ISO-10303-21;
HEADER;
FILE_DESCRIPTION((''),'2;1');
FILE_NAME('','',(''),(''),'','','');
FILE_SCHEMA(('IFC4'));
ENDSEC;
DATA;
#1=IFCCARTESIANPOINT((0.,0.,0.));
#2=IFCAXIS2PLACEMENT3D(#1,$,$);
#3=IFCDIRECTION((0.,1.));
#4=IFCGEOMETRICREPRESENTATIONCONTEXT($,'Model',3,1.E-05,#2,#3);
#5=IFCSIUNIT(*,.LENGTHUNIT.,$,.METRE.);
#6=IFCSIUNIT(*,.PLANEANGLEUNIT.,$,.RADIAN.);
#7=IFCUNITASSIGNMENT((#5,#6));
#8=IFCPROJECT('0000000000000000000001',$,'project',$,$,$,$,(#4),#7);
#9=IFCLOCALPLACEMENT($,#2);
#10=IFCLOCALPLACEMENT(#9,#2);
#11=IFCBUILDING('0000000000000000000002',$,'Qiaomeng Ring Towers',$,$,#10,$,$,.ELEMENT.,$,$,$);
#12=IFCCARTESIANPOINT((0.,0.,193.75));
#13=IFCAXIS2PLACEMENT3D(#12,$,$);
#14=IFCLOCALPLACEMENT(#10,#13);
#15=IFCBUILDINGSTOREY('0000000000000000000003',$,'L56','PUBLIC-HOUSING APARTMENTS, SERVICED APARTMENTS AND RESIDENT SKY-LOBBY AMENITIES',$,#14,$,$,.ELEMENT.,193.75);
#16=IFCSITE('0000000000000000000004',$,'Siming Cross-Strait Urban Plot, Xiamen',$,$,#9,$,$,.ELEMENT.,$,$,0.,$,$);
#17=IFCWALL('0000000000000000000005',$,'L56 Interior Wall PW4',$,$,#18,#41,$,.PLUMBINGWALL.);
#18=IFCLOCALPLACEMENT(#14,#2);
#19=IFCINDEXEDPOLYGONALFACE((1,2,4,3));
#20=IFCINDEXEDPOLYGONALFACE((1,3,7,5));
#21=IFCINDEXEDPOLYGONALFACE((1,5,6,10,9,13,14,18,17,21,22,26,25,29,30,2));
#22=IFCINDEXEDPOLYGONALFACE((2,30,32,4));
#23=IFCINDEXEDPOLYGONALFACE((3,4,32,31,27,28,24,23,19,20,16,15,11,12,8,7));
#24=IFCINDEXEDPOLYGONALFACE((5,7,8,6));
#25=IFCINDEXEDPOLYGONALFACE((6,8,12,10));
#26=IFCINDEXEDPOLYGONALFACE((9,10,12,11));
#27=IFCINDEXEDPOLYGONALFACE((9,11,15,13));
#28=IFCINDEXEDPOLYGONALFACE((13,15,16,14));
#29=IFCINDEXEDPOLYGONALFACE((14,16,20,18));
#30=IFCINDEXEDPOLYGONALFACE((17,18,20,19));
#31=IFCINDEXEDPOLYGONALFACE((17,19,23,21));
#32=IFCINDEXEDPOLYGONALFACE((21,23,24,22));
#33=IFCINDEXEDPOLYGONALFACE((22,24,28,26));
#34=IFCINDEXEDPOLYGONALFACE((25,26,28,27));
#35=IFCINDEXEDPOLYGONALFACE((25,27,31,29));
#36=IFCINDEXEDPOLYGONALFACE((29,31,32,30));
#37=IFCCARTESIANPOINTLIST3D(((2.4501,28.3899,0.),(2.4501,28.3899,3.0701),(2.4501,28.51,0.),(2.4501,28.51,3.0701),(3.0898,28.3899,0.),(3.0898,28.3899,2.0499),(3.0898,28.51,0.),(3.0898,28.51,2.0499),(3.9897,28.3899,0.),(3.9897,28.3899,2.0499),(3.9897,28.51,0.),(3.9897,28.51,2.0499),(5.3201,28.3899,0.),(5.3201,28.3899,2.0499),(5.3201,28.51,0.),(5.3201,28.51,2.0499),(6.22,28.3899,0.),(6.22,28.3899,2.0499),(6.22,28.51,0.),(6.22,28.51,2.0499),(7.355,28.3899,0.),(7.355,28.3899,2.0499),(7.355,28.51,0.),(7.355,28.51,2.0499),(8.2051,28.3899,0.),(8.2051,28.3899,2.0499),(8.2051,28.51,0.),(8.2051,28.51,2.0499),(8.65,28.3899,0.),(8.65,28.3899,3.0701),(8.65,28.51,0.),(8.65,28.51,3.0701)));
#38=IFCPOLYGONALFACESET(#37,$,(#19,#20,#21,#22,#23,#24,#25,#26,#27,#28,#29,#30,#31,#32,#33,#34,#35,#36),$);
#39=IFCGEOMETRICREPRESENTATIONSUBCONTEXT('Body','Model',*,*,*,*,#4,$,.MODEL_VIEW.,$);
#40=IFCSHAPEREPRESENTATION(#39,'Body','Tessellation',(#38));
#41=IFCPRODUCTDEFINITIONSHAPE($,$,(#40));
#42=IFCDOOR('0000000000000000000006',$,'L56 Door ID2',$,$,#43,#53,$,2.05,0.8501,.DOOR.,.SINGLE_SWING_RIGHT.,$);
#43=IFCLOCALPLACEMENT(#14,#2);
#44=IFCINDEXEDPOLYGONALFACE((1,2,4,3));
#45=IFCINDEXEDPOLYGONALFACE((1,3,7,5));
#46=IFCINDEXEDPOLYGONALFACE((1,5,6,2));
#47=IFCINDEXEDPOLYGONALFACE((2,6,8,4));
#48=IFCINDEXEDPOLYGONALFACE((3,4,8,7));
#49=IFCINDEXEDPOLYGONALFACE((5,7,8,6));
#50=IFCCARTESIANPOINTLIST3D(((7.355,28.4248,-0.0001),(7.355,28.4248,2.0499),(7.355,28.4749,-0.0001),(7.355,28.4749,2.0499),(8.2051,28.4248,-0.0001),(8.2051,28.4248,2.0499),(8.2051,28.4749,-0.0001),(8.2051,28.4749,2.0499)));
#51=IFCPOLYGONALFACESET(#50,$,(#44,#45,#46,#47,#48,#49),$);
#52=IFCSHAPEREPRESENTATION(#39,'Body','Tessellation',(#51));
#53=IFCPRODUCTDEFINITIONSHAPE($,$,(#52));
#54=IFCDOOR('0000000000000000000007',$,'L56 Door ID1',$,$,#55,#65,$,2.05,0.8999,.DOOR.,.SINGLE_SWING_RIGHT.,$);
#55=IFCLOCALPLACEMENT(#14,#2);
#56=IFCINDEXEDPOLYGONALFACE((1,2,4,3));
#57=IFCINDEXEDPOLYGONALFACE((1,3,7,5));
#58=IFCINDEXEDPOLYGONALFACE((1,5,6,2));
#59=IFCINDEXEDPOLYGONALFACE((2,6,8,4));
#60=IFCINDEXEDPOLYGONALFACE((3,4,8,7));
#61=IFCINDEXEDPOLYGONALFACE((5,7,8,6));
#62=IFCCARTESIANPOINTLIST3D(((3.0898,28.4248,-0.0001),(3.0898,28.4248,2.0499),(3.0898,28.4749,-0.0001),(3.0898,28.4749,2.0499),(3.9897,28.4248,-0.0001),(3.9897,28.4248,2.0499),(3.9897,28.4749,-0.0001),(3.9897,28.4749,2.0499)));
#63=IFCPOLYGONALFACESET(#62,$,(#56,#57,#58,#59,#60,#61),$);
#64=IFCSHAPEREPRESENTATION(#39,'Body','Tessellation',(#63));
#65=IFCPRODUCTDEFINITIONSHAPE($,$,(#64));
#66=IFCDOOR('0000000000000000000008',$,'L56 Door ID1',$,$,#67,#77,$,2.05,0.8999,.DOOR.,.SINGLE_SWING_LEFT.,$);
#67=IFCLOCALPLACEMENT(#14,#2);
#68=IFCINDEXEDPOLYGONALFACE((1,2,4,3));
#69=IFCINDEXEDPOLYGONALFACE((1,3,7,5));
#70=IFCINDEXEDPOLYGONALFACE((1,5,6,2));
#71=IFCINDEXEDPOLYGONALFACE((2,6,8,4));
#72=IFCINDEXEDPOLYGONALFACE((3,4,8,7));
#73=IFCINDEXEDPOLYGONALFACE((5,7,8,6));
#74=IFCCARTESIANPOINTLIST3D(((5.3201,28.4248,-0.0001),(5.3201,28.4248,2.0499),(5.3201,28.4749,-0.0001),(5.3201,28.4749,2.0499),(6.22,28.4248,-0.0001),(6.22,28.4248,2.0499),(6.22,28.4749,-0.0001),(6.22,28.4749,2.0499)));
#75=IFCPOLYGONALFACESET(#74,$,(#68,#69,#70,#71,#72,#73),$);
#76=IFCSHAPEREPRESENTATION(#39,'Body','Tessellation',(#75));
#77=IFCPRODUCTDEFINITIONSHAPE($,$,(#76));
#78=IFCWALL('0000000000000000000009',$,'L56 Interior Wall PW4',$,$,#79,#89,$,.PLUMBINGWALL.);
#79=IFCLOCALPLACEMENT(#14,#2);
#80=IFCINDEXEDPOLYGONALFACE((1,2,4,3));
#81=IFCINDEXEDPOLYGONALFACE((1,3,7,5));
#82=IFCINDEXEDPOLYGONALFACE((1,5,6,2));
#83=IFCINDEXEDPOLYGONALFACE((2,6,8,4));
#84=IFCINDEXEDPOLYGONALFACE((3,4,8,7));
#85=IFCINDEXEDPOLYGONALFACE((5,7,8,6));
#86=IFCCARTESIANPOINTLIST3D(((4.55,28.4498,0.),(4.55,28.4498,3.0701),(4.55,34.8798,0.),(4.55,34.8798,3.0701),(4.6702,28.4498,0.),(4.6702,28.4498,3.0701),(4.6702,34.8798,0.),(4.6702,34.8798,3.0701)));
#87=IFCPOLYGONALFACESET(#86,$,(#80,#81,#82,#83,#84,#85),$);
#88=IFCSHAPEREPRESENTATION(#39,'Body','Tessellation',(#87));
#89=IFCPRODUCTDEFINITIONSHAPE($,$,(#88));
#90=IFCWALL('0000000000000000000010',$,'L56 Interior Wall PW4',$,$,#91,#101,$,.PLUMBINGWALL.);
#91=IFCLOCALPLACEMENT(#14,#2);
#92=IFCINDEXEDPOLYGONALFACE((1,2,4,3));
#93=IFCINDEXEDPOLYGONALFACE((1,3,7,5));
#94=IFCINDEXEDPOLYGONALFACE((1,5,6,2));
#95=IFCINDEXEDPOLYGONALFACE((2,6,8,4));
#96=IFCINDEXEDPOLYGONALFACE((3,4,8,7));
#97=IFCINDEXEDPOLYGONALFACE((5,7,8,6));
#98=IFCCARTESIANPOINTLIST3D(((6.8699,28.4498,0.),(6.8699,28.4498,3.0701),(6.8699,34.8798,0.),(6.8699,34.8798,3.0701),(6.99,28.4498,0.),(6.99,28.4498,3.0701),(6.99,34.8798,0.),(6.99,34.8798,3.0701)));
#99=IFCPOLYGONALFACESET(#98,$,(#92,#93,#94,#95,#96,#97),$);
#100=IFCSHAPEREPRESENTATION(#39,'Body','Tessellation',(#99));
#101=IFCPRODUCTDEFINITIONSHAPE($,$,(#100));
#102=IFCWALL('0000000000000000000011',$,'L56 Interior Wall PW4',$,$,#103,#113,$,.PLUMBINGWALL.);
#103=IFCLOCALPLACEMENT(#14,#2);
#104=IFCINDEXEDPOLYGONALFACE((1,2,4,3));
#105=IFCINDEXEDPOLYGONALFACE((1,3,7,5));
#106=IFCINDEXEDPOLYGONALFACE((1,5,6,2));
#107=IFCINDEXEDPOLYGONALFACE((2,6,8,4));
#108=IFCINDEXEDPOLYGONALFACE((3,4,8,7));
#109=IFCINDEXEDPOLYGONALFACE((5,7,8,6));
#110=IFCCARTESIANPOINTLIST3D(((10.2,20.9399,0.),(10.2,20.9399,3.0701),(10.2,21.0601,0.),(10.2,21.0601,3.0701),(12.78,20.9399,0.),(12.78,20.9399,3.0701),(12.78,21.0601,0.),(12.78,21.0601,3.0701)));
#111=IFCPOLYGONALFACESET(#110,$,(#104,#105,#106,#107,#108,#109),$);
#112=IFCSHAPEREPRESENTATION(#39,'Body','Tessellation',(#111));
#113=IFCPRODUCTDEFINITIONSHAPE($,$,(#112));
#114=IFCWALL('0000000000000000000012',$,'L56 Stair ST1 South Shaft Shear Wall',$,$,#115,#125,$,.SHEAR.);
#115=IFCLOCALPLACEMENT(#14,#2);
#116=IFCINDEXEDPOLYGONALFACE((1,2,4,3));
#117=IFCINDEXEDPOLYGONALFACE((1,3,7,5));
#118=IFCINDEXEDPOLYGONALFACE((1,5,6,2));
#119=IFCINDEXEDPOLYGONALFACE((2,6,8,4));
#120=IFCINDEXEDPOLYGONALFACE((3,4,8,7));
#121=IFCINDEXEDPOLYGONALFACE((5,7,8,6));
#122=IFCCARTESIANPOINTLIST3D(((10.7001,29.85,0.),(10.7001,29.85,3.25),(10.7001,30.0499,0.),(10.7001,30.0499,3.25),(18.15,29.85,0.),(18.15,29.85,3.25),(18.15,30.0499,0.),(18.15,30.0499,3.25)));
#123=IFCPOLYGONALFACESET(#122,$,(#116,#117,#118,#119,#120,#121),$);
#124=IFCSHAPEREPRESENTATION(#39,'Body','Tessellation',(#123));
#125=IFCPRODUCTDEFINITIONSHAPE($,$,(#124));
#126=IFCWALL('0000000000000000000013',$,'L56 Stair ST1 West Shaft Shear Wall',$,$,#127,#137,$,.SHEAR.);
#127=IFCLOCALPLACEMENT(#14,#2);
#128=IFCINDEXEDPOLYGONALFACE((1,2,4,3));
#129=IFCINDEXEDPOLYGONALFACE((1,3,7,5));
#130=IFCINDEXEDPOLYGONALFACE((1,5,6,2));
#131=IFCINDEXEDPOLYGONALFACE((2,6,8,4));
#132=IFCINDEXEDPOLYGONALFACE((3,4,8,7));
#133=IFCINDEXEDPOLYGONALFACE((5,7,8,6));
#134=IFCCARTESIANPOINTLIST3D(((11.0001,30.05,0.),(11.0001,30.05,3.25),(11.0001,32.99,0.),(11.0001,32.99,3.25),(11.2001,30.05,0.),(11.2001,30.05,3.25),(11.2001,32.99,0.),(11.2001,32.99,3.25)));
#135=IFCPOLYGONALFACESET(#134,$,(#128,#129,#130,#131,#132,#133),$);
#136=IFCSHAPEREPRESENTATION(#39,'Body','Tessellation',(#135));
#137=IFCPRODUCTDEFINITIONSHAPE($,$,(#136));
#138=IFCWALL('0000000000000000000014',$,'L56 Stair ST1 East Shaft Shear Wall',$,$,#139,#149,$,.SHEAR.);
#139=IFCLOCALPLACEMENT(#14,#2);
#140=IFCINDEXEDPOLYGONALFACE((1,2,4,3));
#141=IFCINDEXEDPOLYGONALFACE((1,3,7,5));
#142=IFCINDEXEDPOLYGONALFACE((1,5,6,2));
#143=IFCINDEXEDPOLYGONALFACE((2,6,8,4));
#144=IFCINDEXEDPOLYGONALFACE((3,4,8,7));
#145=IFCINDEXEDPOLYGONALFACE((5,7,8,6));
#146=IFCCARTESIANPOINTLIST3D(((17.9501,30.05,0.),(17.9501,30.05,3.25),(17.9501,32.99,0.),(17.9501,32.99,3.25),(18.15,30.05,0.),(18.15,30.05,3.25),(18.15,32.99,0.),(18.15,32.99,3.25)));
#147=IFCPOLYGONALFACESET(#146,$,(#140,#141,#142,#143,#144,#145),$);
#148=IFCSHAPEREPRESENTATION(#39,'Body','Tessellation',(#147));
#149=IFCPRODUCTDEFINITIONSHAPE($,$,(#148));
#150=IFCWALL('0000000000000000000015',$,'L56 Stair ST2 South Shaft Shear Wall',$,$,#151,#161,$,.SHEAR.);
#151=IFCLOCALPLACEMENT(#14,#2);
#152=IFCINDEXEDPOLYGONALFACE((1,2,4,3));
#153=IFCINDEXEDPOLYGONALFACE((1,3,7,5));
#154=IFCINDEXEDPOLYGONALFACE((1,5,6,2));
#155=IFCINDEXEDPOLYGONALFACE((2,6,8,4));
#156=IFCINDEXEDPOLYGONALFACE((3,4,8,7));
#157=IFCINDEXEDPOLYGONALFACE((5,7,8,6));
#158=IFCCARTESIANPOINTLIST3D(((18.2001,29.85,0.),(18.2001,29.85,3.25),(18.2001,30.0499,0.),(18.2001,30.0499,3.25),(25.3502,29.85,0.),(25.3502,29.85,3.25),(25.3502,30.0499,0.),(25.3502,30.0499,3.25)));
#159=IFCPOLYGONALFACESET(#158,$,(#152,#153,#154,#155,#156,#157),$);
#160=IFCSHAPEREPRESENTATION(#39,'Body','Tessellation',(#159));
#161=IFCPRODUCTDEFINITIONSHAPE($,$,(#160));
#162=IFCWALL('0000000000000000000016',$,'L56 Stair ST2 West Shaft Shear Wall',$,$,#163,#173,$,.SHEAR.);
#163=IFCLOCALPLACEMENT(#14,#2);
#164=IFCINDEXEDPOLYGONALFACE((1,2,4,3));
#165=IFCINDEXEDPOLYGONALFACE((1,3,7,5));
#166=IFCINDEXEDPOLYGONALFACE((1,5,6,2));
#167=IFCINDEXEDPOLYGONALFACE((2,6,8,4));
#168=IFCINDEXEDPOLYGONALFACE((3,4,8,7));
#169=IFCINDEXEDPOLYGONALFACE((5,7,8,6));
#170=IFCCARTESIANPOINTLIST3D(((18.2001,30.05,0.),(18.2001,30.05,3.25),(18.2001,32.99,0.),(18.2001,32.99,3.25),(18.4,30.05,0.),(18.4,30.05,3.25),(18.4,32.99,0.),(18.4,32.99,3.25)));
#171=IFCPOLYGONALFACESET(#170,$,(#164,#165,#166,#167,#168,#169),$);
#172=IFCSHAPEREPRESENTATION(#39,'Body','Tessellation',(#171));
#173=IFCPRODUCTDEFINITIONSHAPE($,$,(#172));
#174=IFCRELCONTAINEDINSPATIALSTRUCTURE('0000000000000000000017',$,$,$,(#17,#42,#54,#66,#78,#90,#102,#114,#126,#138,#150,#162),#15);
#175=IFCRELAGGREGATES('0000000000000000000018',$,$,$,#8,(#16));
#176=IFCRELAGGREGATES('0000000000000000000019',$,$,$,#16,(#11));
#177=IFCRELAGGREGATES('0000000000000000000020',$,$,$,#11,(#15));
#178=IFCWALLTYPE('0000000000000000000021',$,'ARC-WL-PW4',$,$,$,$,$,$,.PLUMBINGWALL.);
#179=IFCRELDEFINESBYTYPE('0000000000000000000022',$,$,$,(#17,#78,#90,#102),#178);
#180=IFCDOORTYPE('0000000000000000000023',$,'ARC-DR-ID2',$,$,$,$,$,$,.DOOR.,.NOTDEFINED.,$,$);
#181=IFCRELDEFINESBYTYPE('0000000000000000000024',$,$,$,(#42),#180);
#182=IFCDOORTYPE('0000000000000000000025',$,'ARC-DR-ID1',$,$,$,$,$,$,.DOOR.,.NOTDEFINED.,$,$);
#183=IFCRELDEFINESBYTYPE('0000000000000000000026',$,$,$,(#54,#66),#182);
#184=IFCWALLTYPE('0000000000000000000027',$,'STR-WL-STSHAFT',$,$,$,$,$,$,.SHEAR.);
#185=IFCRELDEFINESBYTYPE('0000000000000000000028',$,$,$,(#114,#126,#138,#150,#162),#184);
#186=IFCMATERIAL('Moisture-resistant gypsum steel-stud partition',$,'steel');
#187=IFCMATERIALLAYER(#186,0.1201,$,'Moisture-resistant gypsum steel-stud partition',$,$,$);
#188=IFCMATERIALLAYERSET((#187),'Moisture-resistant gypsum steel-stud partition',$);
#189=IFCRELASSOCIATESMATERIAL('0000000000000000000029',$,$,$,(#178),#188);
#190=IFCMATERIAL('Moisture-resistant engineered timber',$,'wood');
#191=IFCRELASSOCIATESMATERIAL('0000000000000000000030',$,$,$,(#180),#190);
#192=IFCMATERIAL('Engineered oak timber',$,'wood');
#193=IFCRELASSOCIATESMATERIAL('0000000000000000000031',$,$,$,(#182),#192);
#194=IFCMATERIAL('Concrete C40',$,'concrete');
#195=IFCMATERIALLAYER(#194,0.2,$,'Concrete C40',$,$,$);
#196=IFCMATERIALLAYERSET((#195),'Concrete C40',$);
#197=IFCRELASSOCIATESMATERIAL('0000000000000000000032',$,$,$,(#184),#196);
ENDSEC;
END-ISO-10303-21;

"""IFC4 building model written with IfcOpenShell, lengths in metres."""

from ifc_helpers import new_model, si_unit, direction, frame, frame_2d, origin, place, context, subcontext, project, spatial, rectangle, extrude, source, transform, mapped, material, layer, layer_set, type_object, element, fill, save


model = new_model("IFC4")

# Units and contexts
model_context = context("Model", 3, precision=1e-05, world=origin(), true_north=direction((0.0, 1.0)))
body_context = subcontext(model_context, "Body", "Model", "MODEL_VIEW")
ifc_project = project(units=[si_unit("LENGTHUNIT", "METRE"), si_unit("PLANEANGLEUNIT", "RADIAN")], contexts=[model_context])

# Site, building, storey
site_placement = place(None, origin())
site = spatial("IfcSite", under=ifc_project, at=site_placement, Name="Siming Cross-Strait Urban Plot, Xiamen", CompositionType="ELEMENT", RefElevation=0.0)
building_placement = place(site_placement, origin())
building = spatial("IfcBuilding", under=site, at=building_placement, Name="Qiaomeng Ring Towers", CompositionType="ELEMENT")
storey_placement = place(building_placement, frame((0.0, 0.0, 193.75)))
storey = spatial("IfcBuildingStorey", under=building, at=storey_placement, Name="L56", Description="PUBLIC-HOUSING APARTMENTS, SERVICED APARTMENTS AND RESIDENT SKY-LOBBY AMENITIES", CompositionType="ELEMENT", Elevation=193.75)

# Shared definitions
ifc_material_1 = material(Name="Concrete C40", Category="concrete")

# Wall, openings, doors
ifc_material_2 = material(Name="Moisture-resistant gypsum steel-stud partition", Category="steel")
ifc_layer_1 = layer(ifc_material_2, 0.1201, Name="Moisture-resistant gypsum steel-stud partition")
ifc_layer_set_1 = layer_set([ifc_layer_1], Name="Moisture-resistant gypsum steel-stud partition")
wall_type_1 = type_object("IfcWallType", Name="ARC-WL-PW4", PredefinedType="PLUMBINGWALL", material=ifc_layer_set_1)
wall_1_placement = place(storey_placement, frame((2.45, 28.45, 0.0), z_axis=(0.0, 0.0, 1.0), x_axis=(1.0, 0.0, 0.0)))
wall_1 = element("IfcWall", 1, at=wall_1_placement, inside=storey, type_object=wall_type_1, Name="L56 Interior Wall PW4", PredefinedType="PLUMBINGWALL", context=body_context, shape_type="SweptSolid", body=[
    extrude(rectangle(XDim=6.2, YDim=0.1201, at=frame_2d((3.1001, 0.0))), origin(), (0.0, 0.0, 1.0), 3.0701),
])
opening_1_placement = place(wall_1_placement, frame((0.6399, 0.0, 0.0)))
opening_1 = element("IfcOpeningElement", 2, at=opening_1_placement, cuts=wall_1, PredefinedType="OPENING", context=body_context, shape_type="SweptSolid", body=[
    extrude(rectangle(XDim=0.8999, YDim=2.05, at=frame_2d((0.45, 1.0249))), frame((0.0, 0.0701, 0.0), z_axis=(0.0, -1.0, 0.0), x_axis=(1.0, 0.0, 0.0)), (0.0, 0.0, 1.0), 0.1401),
])
opening_2_placement = place(wall_1_placement, frame((2.8701, 0.0, 0.0)))
opening_2 = element("IfcOpeningElement", 3, at=opening_2_placement, cuts=wall_1, PredefinedType="OPENING", context=body_context, shape_type="SweptSolid", body=[
    extrude(rectangle(XDim=0.8999, YDim=2.05, at=frame_2d((0.45, 1.0249))), frame((0.0, 0.0701, 0.0), z_axis=(0.0, -1.0, 0.0), x_axis=(1.0, 0.0, 0.0)), (0.0, 0.0, 1.0), 0.1401),
])
opening_3_placement = place(wall_1_placement, frame((4.905, 0.0, 0.0)))
opening_3 = element("IfcOpeningElement", 4, at=opening_3_placement, cuts=wall_1, PredefinedType="OPENING", context=body_context, shape_type="SweptSolid", body=[
    extrude(rectangle(XDim=0.8501, YDim=2.05, at=frame_2d((0.425, 1.0249))), frame((0.0, 0.0701, 0.0), z_axis=(0.0, -1.0, 0.0), x_axis=(1.0, 0.0, 0.0)), (0.0, 0.0, 1.0), 0.1401),
])
ifc_material_3 = material(Name="Moisture-resistant engineered timber", Category="wood")
door_type_1 = type_object("IfcDoorType", Name="ARC-DR-ID2", OperationType="NOTDEFINED", PredefinedType="DOOR", material=ifc_material_3)
shared_shape_1 = source(origin(), body_context, "Body", "SweptSolid", [
    extrude(rectangle(XDim=0.8501, YDim=2.05, at=frame_2d((0.425, 1.0249))), frame((0.0, 0.0249, 0.0), z_axis=(0.0, -1.0, 0.0), x_axis=(1.0, 0.0, 0.0)), (0.0, 0.0, 1.0), 0.05),
])
door_1_placement = place(opening_3_placement, origin())
door_1 = element("IfcDoor", 5, at=door_1_placement, inside=storey, type_object=door_type_1, Name="L56 Door ID2", OperationType="SINGLE_SWING_RIGHT", OverallHeight=2.05, OverallWidth=0.8501, PredefinedType="DOOR", context=body_context, shape_type="MappedRepresentation", body=[
    mapped(shared_shape_1, transform((0.0, 0.0, 0.0), x_axis=(1.0, 0.0, 0.0), y_axis=(0.0, 1.0, 0.0), z_axis=(0.0, 0.0, 1.0), scale=1.0)),
])
fill(opening_3, door_1)
ifc_material_4 = material(Name="Engineered oak timber", Category="wood")
door_type_2 = type_object("IfcDoorType", Name="ARC-DR-ID1", OperationType="NOTDEFINED", PredefinedType="DOOR", material=ifc_material_4)
shared_shape_2 = source(origin(), body_context, "Body", "SweptSolid", [
    extrude(rectangle(XDim=0.8999, YDim=2.05, at=frame_2d((0.45, 1.0249))), frame((0.0, 0.0249, 0.0), z_axis=(0.0, -1.0, 0.0), x_axis=(1.0, 0.0, 0.0)), (0.0, 0.0, 1.0), 0.05),
])
door_2_placement = place(opening_1_placement, origin())
door_2 = element("IfcDoor", 6, at=door_2_placement, inside=storey, type_object=door_type_2, Name="L56 Door ID1", OperationType="SINGLE_SWING_RIGHT", OverallHeight=2.05, OverallWidth=0.8999, PredefinedType="DOOR", context=body_context, shape_type="MappedRepresentation", body=[
    mapped(shared_shape_2, transform((0.0, 0.0, 0.0), x_axis=(1.0, 0.0, 0.0), y_axis=(0.0, 1.0, 0.0), z_axis=(0.0, 0.0, 1.0), scale=1.0)),
])
fill(opening_1, door_2)
door_3_placement = place(opening_2_placement, origin())
door_3 = element("IfcDoor", 7, at=door_3_placement, inside=storey, type_object=door_type_2, Name="L56 Door ID1", OperationType="SINGLE_SWING_LEFT", OverallHeight=2.05, OverallWidth=0.8999, PredefinedType="DOOR", context=body_context, shape_type="MappedRepresentation", body=[
    mapped(shared_shape_2, transform((0.0, 0.0, 0.0), x_axis=(1.0, 0.0, 0.0), y_axis=(0.0, 1.0, 0.0), z_axis=(0.0, 0.0, 1.0), scale=1.0)),
])
fill(opening_2, door_3)

# Walls
for number, where, z_axis, x_axis, name in (
    (8, (4.6101, 28.45, 0.0), (0.0, 0.0, 1.0), (0.0, 1.0, 0.0), "L56 Interior Wall PW4"),
    (9, (6.9299, 28.45, 0.0), (0.0, 0.0, 1.0), (0.0, 1.0, 0.0), "L56 Interior Wall PW4"),
):
    element("IfcWall", number, at=place(storey_placement, frame(where, z_axis=z_axis, x_axis=x_axis)), inside=storey, type_object=wall_type_1, Name=name, PredefinedType="PLUMBINGWALL", context=body_context, shape_type="SweptSolid", body=[
        extrude(rectangle(XDim=6.4299, YDim=0.1201, at=frame_2d((3.2148, 0.0))), origin(), (0.0, 0.0, 1.0), 3.0701),
    ])
wall_2_placement = place(storey_placement, frame((10.2, 21.0, 0.0), z_axis=(0.0, 0.0, 1.0), x_axis=(1.0, 0.0, 0.0)))
element("IfcWall", 10, at=wall_2_placement, inside=storey, type_object=wall_type_1, Name="L56 Interior Wall PW4", PredefinedType="PLUMBINGWALL", context=body_context, shape_type="SweptSolid", body=[
    extrude(rectangle(XDim=2.5801, YDim=0.1201, at=frame_2d((1.29, 0.0))), origin(), (0.0, 0.0, 1.0), 3.0701),
])
ifc_layer_2 = layer(ifc_material_1, 0.2, Name="Concrete C40")
ifc_layer_set_2 = layer_set([ifc_layer_2], Name="Concrete C40")
wall_type_2 = type_object("IfcWallType", Name="STR-WL-STSHAFT", PredefinedType="SHEAR", material=ifc_layer_set_2)
wall_3_placement = place(storey_placement, frame((10.7, 29.95, 0.0), z_axis=(0.0, 0.0, 1.0), x_axis=(1.0, 0.0, 0.0)))
element("IfcWall", 11, at=wall_3_placement, inside=storey, type_object=wall_type_2, Name="L56 Stair ST1 South Shaft Shear Wall", PredefinedType="SHEAR", context=body_context, shape_type="SweptSolid", body=[
    extrude(rectangle(XDim=7.45, YDim=0.2, at=frame_2d((3.7251, 0.0))), origin(), (0.0, 0.0, 1.0), 3.25),
])
for number, where, z_axis, x_axis, name in (
    (12, (11.1001, 30.05, 0.0), (0.0, 0.0, 1.0), (0.0, 1.0, 0.0), "L56 Stair ST1 West Shaft Shear Wall"),
    (13, (18.05, 30.05, 0.0), (0.0, 0.0, 1.0), (0.0, 1.0, 0.0), "L56 Stair ST1 East Shaft Shear Wall"),
):
    element("IfcWall", number, at=place(storey_placement, frame(where, z_axis=z_axis, x_axis=x_axis)), inside=storey, type_object=wall_type_2, Name=name, PredefinedType="SHEAR", context=body_context, shape_type="SweptSolid", body=[
        extrude(rectangle(XDim=2.9399, YDim=0.2, at=frame_2d((1.47, 0.0))), origin(), (0.0, 0.0, 1.0), 3.25),
    ])
wall_4_placement = place(storey_placement, frame((18.2, 29.95, 0.0), z_axis=(0.0, 0.0, 1.0), x_axis=(1.0, 0.0, 0.0)))
element("IfcWall", 14, at=wall_4_placement, inside=storey, type_object=wall_type_2, Name="L56 Stair ST2 South Shaft Shear Wall", PredefinedType="SHEAR", context=body_context, shape_type="SweptSolid", body=[
    extrude(rectangle(XDim=7.1501, YDim=0.2, at=frame_2d((3.5752, 0.0))), origin(), (0.0, 0.0, 1.0), 3.25),
])
wall_5_placement = place(storey_placement, frame((18.3, 30.05, 0.0), z_axis=(0.0, 0.0, 1.0), x_axis=(0.0, 1.0, 0.0)))
element("IfcWall", 15, at=wall_5_placement, inside=storey, type_object=wall_type_2, Name="L56 Stair ST2 West Shaft Shear Wall", PredefinedType="SHEAR", context=body_context, shape_type="SweptSolid", body=[
    extrude(rectangle(XDim=2.9399, YDim=0.2, at=frame_2d((1.47, 0.0))), origin(), (0.0, 0.0, 1.0), 3.25),
])

save(model, "model.ifc")
